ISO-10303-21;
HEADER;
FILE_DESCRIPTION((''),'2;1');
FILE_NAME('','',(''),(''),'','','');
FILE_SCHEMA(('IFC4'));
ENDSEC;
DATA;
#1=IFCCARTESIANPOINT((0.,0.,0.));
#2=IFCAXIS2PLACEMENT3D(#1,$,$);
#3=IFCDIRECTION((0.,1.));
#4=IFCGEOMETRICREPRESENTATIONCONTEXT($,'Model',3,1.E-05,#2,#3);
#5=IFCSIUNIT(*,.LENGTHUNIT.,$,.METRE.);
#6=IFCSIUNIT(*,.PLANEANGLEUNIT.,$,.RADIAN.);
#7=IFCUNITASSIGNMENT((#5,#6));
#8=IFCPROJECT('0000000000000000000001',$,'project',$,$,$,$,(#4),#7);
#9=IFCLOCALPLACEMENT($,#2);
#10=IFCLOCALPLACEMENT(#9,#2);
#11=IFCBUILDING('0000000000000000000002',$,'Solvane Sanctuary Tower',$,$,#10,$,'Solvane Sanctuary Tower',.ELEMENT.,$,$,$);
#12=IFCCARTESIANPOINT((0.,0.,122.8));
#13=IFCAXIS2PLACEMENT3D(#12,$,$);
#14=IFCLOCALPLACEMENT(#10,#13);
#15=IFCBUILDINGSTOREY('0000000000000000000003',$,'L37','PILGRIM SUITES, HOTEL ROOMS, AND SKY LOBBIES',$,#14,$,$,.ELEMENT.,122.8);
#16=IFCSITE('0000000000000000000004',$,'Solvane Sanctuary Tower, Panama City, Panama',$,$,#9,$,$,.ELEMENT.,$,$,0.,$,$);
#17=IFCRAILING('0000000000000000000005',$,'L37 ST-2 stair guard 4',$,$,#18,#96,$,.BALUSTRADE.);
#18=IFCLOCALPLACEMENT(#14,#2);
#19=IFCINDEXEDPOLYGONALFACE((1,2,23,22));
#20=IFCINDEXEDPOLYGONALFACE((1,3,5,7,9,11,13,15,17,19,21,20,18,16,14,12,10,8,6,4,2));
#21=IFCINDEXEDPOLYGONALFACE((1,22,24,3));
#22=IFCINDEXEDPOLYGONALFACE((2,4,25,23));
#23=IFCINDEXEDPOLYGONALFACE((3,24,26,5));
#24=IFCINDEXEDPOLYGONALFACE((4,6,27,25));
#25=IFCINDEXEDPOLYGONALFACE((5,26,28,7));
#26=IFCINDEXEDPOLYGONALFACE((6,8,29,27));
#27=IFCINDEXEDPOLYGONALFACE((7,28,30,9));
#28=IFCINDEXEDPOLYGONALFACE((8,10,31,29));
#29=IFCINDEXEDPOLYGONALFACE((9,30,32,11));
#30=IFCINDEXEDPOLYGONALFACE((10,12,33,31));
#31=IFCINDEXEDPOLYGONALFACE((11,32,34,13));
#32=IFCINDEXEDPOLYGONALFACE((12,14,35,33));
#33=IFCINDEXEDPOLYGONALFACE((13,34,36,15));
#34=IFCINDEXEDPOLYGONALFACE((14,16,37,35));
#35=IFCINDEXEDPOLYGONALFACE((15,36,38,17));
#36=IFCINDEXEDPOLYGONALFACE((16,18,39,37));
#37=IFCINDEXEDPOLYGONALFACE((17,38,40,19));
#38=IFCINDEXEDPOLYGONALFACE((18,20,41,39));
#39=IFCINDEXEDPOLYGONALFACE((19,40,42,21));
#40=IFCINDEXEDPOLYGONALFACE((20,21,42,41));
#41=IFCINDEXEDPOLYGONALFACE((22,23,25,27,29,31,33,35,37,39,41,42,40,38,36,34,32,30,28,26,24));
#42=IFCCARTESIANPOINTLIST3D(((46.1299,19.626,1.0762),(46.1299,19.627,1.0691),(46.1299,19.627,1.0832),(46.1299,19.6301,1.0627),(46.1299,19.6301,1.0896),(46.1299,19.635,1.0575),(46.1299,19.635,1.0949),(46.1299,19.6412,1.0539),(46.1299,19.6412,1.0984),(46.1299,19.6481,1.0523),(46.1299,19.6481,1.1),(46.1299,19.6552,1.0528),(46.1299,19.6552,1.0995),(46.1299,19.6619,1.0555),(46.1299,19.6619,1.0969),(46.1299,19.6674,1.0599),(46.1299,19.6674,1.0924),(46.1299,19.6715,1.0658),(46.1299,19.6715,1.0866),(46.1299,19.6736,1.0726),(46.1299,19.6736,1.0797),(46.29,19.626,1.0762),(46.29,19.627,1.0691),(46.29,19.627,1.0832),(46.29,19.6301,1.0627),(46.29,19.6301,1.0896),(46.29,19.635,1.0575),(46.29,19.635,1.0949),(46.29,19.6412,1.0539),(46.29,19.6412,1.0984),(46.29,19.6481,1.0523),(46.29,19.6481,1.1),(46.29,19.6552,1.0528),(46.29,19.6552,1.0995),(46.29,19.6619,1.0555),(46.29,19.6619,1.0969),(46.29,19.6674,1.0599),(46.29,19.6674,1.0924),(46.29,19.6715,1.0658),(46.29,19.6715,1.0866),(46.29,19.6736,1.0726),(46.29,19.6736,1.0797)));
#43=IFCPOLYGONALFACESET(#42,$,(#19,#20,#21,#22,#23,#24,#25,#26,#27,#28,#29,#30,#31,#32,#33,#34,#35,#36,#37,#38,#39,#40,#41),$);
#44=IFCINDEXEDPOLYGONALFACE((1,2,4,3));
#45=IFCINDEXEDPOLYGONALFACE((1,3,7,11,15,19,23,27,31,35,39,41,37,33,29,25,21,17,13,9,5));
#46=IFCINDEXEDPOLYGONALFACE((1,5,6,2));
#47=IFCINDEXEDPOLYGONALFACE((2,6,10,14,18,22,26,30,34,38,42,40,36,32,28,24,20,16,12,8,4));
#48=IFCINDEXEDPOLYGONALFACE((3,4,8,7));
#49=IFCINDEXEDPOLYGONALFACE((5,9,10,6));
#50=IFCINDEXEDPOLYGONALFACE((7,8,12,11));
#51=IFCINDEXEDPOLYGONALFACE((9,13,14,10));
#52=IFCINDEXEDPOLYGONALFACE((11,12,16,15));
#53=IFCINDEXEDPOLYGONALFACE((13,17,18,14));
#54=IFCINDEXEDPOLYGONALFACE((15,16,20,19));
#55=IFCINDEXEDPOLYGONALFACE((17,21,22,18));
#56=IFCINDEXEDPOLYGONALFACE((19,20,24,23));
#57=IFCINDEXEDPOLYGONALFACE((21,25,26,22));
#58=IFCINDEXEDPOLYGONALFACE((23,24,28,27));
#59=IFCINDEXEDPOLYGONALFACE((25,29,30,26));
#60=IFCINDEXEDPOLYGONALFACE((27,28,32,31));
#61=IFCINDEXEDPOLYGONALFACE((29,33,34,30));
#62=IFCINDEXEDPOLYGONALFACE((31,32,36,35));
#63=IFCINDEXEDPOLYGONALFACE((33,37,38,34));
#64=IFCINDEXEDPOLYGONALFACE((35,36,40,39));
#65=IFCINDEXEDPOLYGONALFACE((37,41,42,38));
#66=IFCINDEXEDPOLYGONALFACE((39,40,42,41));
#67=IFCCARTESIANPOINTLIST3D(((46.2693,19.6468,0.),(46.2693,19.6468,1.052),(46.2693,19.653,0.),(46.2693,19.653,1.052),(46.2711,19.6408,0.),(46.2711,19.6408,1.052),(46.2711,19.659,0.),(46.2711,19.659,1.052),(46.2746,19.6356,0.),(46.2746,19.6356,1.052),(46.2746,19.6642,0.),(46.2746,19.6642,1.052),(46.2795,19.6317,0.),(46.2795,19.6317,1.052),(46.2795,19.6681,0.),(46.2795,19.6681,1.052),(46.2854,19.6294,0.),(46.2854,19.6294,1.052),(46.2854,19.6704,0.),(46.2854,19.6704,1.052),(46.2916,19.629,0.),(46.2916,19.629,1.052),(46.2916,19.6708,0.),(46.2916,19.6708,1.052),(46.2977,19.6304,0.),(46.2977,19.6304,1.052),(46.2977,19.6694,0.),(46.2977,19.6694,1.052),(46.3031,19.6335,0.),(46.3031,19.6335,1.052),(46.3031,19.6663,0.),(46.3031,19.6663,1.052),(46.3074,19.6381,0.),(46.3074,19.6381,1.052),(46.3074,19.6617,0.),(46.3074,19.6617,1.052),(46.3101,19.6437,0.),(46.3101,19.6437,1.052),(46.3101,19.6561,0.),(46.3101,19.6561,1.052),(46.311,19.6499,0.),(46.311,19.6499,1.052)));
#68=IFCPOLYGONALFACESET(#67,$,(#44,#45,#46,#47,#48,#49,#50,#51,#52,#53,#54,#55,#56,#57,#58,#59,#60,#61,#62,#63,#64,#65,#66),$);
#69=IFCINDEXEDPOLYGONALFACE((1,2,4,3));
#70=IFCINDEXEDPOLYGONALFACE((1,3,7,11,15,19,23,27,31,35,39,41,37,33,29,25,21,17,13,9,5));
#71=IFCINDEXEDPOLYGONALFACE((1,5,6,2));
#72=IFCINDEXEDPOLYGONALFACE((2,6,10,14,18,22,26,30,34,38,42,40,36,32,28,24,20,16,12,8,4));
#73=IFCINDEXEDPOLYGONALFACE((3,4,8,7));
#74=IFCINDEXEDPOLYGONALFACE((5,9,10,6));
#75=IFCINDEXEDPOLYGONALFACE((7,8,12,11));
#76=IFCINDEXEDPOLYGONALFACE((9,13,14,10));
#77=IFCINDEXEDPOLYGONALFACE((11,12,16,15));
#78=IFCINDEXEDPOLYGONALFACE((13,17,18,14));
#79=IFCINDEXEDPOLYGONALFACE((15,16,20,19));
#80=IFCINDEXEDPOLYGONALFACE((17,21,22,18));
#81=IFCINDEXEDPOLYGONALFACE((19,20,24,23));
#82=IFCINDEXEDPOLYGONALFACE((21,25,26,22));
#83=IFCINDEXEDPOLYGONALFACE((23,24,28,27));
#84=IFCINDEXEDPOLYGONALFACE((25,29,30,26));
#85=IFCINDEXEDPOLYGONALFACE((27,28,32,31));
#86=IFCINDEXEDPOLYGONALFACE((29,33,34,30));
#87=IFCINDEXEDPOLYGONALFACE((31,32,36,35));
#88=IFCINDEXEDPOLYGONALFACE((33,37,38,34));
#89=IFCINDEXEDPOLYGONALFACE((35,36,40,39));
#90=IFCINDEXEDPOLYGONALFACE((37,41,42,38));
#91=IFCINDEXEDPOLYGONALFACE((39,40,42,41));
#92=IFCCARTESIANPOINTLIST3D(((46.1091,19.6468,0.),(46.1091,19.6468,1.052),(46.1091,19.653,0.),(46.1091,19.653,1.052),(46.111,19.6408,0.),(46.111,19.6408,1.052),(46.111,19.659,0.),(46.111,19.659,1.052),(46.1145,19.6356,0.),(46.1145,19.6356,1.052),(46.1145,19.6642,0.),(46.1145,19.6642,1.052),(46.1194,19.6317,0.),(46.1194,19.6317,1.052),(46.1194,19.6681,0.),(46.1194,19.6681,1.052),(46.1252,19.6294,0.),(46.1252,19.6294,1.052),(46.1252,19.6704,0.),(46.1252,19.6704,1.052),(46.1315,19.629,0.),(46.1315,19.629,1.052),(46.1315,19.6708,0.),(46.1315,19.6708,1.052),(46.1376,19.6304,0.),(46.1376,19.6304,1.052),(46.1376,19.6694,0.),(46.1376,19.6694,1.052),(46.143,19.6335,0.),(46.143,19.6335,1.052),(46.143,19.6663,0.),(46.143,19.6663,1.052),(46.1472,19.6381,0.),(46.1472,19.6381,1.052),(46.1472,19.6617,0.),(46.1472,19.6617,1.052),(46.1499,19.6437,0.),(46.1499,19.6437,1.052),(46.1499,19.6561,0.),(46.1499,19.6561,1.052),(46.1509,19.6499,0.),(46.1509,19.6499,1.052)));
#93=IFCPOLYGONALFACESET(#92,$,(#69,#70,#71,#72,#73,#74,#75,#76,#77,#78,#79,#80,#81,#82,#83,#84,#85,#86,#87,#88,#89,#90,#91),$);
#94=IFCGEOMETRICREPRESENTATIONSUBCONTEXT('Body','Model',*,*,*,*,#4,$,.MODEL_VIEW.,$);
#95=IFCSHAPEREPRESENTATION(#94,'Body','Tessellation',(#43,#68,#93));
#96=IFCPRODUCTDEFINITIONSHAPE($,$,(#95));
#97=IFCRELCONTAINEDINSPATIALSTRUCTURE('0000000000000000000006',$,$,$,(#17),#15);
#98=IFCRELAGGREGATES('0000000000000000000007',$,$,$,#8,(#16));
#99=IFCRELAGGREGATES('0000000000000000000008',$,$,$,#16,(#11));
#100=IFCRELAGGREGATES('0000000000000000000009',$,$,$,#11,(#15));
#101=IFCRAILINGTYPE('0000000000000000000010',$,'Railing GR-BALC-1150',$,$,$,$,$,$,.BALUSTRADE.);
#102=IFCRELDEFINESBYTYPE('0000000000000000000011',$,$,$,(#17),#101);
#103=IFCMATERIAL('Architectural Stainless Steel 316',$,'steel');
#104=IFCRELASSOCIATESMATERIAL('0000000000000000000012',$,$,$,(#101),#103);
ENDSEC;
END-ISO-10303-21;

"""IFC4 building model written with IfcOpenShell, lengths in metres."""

from ifc_helpers import new_model, si_unit, direction, frame, origin, origin_2d, place, context, subcontext, project, spatial, circle, extrude, material, type_object, element, save


model = new_model("IFC4")

# Units and contexts
model_context = context("Model", 3, precision=1e-05, world=origin(), true_north=direction((0.0, 1.0)))
body_context = subcontext(model_context, "Body", "Model", "MODEL_VIEW")
ifc_project = project(units=[si_unit("LENGTHUNIT", "METRE"), si_unit("PLANEANGLEUNIT", "RADIAN")], contexts=[model_context])

# Site, building, storey
site_placement = place(None, origin())
site = spatial("IfcSite", under=ifc_project, at=site_placement, Name="Solvane Sanctuary Tower, Panama City, Panama", CompositionType="ELEMENT", RefElevation=0.0)
building_placement = place(site_placement, origin())
building = spatial("IfcBuilding", under=site, at=building_placement, Name="Solvane Sanctuary Tower", LongName="Solvane Sanctuary Tower", CompositionType="ELEMENT")
storey_placement = place(building_placement, frame((0.0, 0.0, 122.8)))
storey = spatial("IfcBuildingStorey", under=building, at=storey_placement, Name="L37", Description="PILGRIM SUITES, HOTEL ROOMS, AND SKY LOBBIES", CompositionType="ELEMENT", Elevation=122.8)

# Shared definitions
ifc_material_1 = material(Name="Architectural Stainless Steel 316", Category="steel")

# Railing
railing_type_1 = type_object("IfcRailingType", Name="Railing GR-BALC-1150", PredefinedType="BALUSTRADE", material=ifc_material_1)
railing_1_placement = place(storey_placement, frame((46.29, 19.6499, 0.0)))
element("IfcRailing", 1, at=railing_1_placement, inside=storey, type_object=railing_type_1, Name="L37 ST-2 stair guard 4", PredefinedType="BALUSTRADE", context=body_context, shape_type="SweptSolid", body=[
    extrude(circle(Radius=0.0239, at=origin_2d()), frame((0.0, 0.0, 1.0762), z_axis=(-1.0, 0.0, 0.0), x_axis=(0.0, -1.0, 0.0)), (0.0, 0.0, 1.0), 0.1602),
    extrude(circle(Radius=0.021, at=origin_2d()), origin(), (0.0, 0.0, 1.0), 1.052),
    extrude(circle(Radius=0.021, at=origin_2d()), frame((-0.1602, 0.0, 0.0)), (0.0, 0.0, 1.0), 1.052),
])

save(model, "model.ifc")
